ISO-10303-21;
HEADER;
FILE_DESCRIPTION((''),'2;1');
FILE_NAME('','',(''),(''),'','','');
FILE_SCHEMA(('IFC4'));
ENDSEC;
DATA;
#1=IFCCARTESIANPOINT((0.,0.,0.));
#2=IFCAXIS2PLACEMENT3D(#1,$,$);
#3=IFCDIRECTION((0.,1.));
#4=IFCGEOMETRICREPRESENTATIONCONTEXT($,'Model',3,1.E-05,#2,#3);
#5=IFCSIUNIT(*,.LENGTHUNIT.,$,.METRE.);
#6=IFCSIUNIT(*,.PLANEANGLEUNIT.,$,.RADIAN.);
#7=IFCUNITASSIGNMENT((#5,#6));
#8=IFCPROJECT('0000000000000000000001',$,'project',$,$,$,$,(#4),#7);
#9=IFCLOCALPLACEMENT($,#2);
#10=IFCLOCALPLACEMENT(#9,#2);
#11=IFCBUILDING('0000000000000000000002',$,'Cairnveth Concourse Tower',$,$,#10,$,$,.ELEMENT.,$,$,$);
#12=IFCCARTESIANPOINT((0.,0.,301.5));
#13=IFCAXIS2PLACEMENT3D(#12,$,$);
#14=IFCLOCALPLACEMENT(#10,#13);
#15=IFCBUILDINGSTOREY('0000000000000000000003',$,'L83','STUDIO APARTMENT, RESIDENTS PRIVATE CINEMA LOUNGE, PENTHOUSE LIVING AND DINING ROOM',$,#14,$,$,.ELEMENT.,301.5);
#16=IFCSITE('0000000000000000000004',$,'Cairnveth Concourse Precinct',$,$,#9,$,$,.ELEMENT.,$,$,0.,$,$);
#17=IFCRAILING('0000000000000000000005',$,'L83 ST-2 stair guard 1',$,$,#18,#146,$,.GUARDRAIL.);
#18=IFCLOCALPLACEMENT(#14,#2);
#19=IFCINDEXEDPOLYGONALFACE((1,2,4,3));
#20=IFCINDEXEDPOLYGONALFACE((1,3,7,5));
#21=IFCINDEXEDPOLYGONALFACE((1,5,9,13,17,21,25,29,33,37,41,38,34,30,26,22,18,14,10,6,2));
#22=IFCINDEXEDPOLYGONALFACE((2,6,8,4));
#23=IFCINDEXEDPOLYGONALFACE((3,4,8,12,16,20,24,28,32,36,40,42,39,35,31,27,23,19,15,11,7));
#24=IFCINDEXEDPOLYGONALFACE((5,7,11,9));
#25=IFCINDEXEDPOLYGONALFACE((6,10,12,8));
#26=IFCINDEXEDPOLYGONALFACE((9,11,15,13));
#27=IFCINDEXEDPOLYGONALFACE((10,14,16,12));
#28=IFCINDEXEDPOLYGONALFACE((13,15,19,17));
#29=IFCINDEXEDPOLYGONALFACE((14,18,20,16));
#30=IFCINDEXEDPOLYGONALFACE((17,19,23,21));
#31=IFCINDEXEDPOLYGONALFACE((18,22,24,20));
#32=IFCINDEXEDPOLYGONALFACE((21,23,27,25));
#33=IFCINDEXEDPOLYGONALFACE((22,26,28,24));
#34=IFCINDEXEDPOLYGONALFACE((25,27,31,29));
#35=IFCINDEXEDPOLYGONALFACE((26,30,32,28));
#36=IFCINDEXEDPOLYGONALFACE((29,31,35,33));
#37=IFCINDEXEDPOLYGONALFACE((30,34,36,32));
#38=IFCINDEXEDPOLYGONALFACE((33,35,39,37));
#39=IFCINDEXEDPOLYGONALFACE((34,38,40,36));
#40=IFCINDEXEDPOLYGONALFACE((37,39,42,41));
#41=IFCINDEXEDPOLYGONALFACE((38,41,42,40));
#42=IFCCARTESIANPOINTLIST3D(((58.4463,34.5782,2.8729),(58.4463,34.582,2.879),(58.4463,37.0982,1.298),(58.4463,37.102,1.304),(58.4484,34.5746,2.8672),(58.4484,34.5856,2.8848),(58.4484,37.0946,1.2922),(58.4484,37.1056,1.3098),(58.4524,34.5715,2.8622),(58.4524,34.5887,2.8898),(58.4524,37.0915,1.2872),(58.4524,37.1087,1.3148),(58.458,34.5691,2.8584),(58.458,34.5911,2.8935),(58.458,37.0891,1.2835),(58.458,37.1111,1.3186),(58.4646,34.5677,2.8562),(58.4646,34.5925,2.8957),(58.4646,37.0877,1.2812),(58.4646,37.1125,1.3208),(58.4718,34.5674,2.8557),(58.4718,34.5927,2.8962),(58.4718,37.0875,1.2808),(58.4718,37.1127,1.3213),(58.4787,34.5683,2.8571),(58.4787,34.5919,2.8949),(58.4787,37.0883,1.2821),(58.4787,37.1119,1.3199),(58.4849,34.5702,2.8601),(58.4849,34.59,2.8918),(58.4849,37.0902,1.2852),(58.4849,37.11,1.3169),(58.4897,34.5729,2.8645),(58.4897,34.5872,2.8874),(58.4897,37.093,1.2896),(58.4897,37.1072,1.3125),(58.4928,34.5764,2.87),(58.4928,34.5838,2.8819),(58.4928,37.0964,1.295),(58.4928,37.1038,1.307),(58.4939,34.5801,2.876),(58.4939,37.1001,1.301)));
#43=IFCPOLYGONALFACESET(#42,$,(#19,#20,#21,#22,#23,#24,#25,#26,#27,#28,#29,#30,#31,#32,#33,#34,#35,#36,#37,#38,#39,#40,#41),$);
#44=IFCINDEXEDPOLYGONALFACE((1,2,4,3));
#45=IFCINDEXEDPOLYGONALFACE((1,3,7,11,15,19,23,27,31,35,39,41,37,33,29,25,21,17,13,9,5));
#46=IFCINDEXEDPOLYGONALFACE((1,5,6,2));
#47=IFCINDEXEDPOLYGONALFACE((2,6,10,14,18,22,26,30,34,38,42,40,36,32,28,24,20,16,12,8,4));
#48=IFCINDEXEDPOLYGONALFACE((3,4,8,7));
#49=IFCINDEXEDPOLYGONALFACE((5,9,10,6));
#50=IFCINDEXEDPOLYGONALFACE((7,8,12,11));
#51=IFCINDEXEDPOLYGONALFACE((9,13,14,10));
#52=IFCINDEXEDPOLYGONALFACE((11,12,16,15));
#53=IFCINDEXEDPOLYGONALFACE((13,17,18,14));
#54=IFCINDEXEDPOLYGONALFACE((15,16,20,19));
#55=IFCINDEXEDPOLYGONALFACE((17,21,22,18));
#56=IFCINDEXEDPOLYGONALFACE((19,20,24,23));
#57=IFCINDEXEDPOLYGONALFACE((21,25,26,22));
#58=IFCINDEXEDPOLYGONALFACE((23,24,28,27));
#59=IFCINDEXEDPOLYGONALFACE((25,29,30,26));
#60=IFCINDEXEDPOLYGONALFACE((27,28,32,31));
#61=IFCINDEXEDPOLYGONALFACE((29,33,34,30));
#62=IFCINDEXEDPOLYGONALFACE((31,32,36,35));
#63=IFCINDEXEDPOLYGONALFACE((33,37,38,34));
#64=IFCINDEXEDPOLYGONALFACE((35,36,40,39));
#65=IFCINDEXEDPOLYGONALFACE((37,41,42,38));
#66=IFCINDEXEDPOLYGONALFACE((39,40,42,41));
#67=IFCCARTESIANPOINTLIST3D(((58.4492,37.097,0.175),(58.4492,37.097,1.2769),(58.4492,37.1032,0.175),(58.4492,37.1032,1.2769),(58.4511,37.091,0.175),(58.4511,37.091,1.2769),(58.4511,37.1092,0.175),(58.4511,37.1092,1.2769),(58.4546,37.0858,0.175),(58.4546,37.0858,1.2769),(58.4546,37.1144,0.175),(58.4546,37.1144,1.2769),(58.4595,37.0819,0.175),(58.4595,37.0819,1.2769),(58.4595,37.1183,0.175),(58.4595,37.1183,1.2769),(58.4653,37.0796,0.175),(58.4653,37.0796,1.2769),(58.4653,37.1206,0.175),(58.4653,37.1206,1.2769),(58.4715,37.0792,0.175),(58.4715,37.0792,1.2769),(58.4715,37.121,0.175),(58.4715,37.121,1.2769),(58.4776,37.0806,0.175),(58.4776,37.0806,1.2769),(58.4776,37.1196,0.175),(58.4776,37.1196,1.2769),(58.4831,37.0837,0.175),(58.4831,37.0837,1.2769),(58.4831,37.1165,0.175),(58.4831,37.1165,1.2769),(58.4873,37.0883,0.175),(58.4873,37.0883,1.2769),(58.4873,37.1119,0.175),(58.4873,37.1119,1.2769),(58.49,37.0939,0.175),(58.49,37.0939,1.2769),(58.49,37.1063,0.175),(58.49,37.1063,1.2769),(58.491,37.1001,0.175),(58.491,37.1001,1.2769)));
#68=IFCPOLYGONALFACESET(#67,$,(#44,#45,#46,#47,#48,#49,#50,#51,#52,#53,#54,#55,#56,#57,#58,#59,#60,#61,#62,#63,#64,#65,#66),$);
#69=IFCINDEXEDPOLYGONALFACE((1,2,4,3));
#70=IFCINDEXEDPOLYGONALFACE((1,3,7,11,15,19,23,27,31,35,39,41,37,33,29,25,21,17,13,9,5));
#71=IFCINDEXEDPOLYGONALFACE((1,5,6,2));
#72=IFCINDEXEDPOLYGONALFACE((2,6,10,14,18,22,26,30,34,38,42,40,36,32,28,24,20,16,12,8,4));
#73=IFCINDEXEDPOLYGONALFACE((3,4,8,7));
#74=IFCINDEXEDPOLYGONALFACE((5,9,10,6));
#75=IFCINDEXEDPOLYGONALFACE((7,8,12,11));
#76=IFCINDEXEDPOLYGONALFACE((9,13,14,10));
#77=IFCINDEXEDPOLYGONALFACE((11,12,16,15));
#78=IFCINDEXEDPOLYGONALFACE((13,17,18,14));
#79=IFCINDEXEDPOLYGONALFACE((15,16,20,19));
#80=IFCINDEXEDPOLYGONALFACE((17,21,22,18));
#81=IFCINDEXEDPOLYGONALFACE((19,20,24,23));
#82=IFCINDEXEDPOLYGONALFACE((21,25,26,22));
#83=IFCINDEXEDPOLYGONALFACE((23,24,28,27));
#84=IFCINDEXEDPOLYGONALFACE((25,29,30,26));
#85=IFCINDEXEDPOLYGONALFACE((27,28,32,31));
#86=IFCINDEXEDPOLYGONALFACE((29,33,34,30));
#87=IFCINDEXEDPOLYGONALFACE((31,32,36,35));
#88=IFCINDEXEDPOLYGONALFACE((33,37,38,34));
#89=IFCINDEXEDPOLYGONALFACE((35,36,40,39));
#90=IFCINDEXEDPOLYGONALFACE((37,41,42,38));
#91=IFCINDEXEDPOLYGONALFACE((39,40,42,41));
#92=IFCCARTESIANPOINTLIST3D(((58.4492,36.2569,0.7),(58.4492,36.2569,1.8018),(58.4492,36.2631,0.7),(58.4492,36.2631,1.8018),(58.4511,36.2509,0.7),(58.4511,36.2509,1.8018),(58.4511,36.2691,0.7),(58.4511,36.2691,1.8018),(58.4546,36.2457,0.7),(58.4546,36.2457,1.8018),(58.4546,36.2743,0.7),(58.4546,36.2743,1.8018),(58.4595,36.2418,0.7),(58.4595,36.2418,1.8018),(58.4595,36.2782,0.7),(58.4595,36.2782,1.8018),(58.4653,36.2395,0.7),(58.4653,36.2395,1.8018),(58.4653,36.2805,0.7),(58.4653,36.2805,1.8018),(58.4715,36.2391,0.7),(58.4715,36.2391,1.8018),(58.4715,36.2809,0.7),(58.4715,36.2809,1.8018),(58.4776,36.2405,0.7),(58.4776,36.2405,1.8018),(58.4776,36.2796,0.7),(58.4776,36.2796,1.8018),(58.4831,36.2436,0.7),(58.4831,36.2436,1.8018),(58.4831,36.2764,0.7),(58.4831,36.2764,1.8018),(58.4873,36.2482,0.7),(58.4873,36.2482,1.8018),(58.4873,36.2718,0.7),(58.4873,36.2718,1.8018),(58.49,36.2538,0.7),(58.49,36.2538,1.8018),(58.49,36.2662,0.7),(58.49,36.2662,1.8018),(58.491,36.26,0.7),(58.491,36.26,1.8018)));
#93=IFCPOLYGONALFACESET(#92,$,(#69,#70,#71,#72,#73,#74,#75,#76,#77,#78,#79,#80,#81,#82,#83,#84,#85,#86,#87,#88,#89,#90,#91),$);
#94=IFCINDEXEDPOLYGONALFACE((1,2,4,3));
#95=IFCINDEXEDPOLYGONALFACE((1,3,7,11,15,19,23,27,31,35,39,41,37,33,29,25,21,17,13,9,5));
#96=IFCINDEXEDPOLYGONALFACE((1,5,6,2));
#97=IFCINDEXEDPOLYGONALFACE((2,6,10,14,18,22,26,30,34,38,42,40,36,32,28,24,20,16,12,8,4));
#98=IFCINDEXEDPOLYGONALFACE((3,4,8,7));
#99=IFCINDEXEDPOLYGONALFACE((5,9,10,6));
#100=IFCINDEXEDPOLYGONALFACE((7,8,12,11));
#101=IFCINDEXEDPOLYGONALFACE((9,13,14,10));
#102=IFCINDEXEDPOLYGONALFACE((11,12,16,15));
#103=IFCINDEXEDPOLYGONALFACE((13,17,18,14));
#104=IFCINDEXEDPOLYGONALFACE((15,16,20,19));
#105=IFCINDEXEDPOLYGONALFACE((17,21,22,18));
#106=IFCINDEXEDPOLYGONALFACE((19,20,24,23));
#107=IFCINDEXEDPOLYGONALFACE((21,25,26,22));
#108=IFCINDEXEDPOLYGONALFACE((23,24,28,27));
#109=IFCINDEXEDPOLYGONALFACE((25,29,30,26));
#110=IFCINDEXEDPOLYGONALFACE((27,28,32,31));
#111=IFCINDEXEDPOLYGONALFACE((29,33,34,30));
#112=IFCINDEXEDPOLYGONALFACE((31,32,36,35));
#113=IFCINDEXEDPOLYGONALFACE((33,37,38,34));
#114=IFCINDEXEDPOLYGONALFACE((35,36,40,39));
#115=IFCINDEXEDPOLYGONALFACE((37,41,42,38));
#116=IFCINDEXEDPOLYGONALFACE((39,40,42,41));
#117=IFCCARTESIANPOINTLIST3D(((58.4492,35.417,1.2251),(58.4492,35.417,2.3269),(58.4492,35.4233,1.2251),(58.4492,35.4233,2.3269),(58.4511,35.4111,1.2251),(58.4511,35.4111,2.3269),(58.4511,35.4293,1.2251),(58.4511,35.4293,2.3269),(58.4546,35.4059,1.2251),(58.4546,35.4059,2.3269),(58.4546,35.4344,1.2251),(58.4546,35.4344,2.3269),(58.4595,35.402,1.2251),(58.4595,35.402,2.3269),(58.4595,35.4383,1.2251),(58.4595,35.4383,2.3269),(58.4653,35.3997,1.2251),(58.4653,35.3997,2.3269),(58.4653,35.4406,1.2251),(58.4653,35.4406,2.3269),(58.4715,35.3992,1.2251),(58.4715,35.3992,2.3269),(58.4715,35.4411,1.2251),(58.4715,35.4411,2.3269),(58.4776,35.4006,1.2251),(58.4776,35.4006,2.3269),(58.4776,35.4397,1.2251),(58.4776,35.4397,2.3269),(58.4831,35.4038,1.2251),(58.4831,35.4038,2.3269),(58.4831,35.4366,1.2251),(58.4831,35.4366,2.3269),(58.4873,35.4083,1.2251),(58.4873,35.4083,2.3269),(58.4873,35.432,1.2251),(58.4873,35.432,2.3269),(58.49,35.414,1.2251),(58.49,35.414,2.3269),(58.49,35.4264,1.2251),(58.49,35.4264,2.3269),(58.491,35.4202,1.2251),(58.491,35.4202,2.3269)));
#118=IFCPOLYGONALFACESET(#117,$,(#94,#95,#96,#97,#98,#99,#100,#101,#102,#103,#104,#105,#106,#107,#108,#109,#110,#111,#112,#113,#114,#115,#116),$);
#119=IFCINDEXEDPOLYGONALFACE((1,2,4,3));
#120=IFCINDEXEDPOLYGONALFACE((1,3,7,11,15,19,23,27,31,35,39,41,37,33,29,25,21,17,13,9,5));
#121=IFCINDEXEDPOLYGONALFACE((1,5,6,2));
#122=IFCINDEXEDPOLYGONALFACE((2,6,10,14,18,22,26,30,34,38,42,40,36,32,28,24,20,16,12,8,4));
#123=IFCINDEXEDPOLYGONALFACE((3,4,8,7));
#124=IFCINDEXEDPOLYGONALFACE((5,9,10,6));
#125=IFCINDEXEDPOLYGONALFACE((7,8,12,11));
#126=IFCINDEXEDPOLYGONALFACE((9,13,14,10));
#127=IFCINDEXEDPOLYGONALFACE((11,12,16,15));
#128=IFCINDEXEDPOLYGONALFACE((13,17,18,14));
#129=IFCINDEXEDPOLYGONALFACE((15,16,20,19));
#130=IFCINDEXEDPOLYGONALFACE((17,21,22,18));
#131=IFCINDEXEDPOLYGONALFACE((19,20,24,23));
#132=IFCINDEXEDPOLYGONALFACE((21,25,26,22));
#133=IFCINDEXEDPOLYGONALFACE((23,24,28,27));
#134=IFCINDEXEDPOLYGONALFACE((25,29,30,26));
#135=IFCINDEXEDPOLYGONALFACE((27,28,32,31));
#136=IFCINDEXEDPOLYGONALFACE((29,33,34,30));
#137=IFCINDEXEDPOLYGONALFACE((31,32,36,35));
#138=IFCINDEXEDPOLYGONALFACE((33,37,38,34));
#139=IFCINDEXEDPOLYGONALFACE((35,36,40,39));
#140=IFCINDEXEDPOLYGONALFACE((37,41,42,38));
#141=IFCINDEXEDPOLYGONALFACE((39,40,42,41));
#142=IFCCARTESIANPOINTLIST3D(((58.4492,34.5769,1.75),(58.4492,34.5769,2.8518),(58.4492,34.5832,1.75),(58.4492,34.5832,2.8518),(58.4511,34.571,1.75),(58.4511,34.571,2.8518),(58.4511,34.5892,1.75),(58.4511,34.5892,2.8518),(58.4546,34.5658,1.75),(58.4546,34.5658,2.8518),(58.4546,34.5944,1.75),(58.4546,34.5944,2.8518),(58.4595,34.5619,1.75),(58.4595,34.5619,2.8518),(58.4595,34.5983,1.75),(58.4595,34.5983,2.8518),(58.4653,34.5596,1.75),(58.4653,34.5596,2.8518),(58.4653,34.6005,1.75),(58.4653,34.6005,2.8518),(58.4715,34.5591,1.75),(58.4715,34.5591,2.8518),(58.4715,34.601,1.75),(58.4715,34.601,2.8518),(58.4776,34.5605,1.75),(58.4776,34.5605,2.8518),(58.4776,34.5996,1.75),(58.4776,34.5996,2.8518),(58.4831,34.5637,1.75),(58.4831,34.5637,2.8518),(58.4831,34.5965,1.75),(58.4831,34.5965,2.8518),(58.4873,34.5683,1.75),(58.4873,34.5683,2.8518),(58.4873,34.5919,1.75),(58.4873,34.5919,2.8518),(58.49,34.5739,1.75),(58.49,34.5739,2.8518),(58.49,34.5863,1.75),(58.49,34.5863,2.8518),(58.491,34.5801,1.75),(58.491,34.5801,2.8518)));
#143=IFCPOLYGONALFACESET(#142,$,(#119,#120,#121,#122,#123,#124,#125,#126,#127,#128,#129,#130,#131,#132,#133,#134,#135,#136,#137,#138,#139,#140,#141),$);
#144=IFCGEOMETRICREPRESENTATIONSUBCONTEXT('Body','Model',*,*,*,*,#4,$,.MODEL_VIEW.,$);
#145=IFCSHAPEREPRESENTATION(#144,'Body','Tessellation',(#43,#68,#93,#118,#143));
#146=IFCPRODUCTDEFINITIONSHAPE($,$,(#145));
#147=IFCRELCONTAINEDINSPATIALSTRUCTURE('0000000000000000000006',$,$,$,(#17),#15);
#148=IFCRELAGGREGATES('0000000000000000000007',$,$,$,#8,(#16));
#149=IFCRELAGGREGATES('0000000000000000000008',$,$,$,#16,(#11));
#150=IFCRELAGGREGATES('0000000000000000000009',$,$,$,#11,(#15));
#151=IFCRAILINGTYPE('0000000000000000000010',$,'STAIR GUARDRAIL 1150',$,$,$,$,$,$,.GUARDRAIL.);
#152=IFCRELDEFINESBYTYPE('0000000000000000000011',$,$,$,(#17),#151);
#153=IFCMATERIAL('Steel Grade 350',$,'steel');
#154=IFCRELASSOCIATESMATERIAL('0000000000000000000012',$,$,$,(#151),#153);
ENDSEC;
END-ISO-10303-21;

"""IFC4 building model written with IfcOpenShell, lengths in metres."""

from ifc_helpers import new_model, si_unit, direction, frame, origin, origin_2d, place, context, subcontext, project, spatial, circle, extrude, material, type_object, element, save


model = new_model("IFC4")

# Units and contexts
model_context = context("Model", 3, precision=1e-05, world=origin(), true_north=direction((0.0, 1.0)))
body_context = subcontext(model_context, "Body", "Model", "MODEL_VIEW")
ifc_project = project(units=[si_unit("LENGTHUNIT", "METRE"), si_unit("PLANEANGLEUNIT", "RADIAN")], contexts=[model_context])

# Site, building, storey
site_placement = place(None, origin())
site = spatial("IfcSite", under=ifc_project, at=site_placement, Name="Cairnveth Concourse Precinct", CompositionType="ELEMENT", RefElevation=0.0)
building_placement = place(site_placement, origin())
building = spatial("IfcBuilding", under=site, at=building_placement, Name="Cairnveth Concourse Tower", CompositionType="ELEMENT")
storey_placement = place(building_placement, frame((0.0, 0.0, 301.5)))
storey = spatial("IfcBuildingStorey", under=building, at=storey_placement, Name="L83", Description="STUDIO APARTMENT, RESIDENTS PRIVATE CINEMA LOUNGE, PENTHOUSE LIVING AND DINING ROOM", CompositionType="ELEMENT", Elevation=301.5)

# Shared definitions
ifc_material_1 = material(Name="Steel Grade 350", Category="steel")

# Railing
railing_type = type_object("IfcRailingType", Name="STAIR GUARDRAIL 1150", PredefinedType="GUARDRAIL", material=ifc_material_1)
railing_1_placement = place(storey_placement, frame((58.47, 37.1001, 0.175)))
element("IfcRailing", 1, at=railing_1_placement, inside=storey, type_object=railing_type, Name="L83 ST-2 stair guard 1", PredefinedType="GUARDRAIL", context=body_context, shape_type="SweptSolid", body=[
    extrude(circle(Radius=0.0239, at=origin_2d()), frame((0.0, 0.0, 1.126), z_axis=(0.0, -0.848008, 0.529984), x_axis=(1.0, 0.0, 0.0)), (0.0, 0.0, 1.0), 2.9717),
    extrude(circle(Radius=0.021, at=origin_2d()), origin(), (0.0, 0.0, 1.0), 1.1018),
    extrude(circle(Radius=0.021, at=origin_2d()), frame((0.0, -0.8401, 0.5249)), (0.0, 0.0, 1.0), 1.1018),
    extrude(circle(Radius=0.021, at=origin_2d()), frame((0.0, -1.6799, 1.05)), (0.0, 0.0, 1.0), 1.1018),
    extrude(circle(Radius=0.021, at=origin_2d()), frame((0.0, -2.52, 1.575)), (0.0, 0.0, 1.0), 1.1018),
])

save(model, "model.ifc")
